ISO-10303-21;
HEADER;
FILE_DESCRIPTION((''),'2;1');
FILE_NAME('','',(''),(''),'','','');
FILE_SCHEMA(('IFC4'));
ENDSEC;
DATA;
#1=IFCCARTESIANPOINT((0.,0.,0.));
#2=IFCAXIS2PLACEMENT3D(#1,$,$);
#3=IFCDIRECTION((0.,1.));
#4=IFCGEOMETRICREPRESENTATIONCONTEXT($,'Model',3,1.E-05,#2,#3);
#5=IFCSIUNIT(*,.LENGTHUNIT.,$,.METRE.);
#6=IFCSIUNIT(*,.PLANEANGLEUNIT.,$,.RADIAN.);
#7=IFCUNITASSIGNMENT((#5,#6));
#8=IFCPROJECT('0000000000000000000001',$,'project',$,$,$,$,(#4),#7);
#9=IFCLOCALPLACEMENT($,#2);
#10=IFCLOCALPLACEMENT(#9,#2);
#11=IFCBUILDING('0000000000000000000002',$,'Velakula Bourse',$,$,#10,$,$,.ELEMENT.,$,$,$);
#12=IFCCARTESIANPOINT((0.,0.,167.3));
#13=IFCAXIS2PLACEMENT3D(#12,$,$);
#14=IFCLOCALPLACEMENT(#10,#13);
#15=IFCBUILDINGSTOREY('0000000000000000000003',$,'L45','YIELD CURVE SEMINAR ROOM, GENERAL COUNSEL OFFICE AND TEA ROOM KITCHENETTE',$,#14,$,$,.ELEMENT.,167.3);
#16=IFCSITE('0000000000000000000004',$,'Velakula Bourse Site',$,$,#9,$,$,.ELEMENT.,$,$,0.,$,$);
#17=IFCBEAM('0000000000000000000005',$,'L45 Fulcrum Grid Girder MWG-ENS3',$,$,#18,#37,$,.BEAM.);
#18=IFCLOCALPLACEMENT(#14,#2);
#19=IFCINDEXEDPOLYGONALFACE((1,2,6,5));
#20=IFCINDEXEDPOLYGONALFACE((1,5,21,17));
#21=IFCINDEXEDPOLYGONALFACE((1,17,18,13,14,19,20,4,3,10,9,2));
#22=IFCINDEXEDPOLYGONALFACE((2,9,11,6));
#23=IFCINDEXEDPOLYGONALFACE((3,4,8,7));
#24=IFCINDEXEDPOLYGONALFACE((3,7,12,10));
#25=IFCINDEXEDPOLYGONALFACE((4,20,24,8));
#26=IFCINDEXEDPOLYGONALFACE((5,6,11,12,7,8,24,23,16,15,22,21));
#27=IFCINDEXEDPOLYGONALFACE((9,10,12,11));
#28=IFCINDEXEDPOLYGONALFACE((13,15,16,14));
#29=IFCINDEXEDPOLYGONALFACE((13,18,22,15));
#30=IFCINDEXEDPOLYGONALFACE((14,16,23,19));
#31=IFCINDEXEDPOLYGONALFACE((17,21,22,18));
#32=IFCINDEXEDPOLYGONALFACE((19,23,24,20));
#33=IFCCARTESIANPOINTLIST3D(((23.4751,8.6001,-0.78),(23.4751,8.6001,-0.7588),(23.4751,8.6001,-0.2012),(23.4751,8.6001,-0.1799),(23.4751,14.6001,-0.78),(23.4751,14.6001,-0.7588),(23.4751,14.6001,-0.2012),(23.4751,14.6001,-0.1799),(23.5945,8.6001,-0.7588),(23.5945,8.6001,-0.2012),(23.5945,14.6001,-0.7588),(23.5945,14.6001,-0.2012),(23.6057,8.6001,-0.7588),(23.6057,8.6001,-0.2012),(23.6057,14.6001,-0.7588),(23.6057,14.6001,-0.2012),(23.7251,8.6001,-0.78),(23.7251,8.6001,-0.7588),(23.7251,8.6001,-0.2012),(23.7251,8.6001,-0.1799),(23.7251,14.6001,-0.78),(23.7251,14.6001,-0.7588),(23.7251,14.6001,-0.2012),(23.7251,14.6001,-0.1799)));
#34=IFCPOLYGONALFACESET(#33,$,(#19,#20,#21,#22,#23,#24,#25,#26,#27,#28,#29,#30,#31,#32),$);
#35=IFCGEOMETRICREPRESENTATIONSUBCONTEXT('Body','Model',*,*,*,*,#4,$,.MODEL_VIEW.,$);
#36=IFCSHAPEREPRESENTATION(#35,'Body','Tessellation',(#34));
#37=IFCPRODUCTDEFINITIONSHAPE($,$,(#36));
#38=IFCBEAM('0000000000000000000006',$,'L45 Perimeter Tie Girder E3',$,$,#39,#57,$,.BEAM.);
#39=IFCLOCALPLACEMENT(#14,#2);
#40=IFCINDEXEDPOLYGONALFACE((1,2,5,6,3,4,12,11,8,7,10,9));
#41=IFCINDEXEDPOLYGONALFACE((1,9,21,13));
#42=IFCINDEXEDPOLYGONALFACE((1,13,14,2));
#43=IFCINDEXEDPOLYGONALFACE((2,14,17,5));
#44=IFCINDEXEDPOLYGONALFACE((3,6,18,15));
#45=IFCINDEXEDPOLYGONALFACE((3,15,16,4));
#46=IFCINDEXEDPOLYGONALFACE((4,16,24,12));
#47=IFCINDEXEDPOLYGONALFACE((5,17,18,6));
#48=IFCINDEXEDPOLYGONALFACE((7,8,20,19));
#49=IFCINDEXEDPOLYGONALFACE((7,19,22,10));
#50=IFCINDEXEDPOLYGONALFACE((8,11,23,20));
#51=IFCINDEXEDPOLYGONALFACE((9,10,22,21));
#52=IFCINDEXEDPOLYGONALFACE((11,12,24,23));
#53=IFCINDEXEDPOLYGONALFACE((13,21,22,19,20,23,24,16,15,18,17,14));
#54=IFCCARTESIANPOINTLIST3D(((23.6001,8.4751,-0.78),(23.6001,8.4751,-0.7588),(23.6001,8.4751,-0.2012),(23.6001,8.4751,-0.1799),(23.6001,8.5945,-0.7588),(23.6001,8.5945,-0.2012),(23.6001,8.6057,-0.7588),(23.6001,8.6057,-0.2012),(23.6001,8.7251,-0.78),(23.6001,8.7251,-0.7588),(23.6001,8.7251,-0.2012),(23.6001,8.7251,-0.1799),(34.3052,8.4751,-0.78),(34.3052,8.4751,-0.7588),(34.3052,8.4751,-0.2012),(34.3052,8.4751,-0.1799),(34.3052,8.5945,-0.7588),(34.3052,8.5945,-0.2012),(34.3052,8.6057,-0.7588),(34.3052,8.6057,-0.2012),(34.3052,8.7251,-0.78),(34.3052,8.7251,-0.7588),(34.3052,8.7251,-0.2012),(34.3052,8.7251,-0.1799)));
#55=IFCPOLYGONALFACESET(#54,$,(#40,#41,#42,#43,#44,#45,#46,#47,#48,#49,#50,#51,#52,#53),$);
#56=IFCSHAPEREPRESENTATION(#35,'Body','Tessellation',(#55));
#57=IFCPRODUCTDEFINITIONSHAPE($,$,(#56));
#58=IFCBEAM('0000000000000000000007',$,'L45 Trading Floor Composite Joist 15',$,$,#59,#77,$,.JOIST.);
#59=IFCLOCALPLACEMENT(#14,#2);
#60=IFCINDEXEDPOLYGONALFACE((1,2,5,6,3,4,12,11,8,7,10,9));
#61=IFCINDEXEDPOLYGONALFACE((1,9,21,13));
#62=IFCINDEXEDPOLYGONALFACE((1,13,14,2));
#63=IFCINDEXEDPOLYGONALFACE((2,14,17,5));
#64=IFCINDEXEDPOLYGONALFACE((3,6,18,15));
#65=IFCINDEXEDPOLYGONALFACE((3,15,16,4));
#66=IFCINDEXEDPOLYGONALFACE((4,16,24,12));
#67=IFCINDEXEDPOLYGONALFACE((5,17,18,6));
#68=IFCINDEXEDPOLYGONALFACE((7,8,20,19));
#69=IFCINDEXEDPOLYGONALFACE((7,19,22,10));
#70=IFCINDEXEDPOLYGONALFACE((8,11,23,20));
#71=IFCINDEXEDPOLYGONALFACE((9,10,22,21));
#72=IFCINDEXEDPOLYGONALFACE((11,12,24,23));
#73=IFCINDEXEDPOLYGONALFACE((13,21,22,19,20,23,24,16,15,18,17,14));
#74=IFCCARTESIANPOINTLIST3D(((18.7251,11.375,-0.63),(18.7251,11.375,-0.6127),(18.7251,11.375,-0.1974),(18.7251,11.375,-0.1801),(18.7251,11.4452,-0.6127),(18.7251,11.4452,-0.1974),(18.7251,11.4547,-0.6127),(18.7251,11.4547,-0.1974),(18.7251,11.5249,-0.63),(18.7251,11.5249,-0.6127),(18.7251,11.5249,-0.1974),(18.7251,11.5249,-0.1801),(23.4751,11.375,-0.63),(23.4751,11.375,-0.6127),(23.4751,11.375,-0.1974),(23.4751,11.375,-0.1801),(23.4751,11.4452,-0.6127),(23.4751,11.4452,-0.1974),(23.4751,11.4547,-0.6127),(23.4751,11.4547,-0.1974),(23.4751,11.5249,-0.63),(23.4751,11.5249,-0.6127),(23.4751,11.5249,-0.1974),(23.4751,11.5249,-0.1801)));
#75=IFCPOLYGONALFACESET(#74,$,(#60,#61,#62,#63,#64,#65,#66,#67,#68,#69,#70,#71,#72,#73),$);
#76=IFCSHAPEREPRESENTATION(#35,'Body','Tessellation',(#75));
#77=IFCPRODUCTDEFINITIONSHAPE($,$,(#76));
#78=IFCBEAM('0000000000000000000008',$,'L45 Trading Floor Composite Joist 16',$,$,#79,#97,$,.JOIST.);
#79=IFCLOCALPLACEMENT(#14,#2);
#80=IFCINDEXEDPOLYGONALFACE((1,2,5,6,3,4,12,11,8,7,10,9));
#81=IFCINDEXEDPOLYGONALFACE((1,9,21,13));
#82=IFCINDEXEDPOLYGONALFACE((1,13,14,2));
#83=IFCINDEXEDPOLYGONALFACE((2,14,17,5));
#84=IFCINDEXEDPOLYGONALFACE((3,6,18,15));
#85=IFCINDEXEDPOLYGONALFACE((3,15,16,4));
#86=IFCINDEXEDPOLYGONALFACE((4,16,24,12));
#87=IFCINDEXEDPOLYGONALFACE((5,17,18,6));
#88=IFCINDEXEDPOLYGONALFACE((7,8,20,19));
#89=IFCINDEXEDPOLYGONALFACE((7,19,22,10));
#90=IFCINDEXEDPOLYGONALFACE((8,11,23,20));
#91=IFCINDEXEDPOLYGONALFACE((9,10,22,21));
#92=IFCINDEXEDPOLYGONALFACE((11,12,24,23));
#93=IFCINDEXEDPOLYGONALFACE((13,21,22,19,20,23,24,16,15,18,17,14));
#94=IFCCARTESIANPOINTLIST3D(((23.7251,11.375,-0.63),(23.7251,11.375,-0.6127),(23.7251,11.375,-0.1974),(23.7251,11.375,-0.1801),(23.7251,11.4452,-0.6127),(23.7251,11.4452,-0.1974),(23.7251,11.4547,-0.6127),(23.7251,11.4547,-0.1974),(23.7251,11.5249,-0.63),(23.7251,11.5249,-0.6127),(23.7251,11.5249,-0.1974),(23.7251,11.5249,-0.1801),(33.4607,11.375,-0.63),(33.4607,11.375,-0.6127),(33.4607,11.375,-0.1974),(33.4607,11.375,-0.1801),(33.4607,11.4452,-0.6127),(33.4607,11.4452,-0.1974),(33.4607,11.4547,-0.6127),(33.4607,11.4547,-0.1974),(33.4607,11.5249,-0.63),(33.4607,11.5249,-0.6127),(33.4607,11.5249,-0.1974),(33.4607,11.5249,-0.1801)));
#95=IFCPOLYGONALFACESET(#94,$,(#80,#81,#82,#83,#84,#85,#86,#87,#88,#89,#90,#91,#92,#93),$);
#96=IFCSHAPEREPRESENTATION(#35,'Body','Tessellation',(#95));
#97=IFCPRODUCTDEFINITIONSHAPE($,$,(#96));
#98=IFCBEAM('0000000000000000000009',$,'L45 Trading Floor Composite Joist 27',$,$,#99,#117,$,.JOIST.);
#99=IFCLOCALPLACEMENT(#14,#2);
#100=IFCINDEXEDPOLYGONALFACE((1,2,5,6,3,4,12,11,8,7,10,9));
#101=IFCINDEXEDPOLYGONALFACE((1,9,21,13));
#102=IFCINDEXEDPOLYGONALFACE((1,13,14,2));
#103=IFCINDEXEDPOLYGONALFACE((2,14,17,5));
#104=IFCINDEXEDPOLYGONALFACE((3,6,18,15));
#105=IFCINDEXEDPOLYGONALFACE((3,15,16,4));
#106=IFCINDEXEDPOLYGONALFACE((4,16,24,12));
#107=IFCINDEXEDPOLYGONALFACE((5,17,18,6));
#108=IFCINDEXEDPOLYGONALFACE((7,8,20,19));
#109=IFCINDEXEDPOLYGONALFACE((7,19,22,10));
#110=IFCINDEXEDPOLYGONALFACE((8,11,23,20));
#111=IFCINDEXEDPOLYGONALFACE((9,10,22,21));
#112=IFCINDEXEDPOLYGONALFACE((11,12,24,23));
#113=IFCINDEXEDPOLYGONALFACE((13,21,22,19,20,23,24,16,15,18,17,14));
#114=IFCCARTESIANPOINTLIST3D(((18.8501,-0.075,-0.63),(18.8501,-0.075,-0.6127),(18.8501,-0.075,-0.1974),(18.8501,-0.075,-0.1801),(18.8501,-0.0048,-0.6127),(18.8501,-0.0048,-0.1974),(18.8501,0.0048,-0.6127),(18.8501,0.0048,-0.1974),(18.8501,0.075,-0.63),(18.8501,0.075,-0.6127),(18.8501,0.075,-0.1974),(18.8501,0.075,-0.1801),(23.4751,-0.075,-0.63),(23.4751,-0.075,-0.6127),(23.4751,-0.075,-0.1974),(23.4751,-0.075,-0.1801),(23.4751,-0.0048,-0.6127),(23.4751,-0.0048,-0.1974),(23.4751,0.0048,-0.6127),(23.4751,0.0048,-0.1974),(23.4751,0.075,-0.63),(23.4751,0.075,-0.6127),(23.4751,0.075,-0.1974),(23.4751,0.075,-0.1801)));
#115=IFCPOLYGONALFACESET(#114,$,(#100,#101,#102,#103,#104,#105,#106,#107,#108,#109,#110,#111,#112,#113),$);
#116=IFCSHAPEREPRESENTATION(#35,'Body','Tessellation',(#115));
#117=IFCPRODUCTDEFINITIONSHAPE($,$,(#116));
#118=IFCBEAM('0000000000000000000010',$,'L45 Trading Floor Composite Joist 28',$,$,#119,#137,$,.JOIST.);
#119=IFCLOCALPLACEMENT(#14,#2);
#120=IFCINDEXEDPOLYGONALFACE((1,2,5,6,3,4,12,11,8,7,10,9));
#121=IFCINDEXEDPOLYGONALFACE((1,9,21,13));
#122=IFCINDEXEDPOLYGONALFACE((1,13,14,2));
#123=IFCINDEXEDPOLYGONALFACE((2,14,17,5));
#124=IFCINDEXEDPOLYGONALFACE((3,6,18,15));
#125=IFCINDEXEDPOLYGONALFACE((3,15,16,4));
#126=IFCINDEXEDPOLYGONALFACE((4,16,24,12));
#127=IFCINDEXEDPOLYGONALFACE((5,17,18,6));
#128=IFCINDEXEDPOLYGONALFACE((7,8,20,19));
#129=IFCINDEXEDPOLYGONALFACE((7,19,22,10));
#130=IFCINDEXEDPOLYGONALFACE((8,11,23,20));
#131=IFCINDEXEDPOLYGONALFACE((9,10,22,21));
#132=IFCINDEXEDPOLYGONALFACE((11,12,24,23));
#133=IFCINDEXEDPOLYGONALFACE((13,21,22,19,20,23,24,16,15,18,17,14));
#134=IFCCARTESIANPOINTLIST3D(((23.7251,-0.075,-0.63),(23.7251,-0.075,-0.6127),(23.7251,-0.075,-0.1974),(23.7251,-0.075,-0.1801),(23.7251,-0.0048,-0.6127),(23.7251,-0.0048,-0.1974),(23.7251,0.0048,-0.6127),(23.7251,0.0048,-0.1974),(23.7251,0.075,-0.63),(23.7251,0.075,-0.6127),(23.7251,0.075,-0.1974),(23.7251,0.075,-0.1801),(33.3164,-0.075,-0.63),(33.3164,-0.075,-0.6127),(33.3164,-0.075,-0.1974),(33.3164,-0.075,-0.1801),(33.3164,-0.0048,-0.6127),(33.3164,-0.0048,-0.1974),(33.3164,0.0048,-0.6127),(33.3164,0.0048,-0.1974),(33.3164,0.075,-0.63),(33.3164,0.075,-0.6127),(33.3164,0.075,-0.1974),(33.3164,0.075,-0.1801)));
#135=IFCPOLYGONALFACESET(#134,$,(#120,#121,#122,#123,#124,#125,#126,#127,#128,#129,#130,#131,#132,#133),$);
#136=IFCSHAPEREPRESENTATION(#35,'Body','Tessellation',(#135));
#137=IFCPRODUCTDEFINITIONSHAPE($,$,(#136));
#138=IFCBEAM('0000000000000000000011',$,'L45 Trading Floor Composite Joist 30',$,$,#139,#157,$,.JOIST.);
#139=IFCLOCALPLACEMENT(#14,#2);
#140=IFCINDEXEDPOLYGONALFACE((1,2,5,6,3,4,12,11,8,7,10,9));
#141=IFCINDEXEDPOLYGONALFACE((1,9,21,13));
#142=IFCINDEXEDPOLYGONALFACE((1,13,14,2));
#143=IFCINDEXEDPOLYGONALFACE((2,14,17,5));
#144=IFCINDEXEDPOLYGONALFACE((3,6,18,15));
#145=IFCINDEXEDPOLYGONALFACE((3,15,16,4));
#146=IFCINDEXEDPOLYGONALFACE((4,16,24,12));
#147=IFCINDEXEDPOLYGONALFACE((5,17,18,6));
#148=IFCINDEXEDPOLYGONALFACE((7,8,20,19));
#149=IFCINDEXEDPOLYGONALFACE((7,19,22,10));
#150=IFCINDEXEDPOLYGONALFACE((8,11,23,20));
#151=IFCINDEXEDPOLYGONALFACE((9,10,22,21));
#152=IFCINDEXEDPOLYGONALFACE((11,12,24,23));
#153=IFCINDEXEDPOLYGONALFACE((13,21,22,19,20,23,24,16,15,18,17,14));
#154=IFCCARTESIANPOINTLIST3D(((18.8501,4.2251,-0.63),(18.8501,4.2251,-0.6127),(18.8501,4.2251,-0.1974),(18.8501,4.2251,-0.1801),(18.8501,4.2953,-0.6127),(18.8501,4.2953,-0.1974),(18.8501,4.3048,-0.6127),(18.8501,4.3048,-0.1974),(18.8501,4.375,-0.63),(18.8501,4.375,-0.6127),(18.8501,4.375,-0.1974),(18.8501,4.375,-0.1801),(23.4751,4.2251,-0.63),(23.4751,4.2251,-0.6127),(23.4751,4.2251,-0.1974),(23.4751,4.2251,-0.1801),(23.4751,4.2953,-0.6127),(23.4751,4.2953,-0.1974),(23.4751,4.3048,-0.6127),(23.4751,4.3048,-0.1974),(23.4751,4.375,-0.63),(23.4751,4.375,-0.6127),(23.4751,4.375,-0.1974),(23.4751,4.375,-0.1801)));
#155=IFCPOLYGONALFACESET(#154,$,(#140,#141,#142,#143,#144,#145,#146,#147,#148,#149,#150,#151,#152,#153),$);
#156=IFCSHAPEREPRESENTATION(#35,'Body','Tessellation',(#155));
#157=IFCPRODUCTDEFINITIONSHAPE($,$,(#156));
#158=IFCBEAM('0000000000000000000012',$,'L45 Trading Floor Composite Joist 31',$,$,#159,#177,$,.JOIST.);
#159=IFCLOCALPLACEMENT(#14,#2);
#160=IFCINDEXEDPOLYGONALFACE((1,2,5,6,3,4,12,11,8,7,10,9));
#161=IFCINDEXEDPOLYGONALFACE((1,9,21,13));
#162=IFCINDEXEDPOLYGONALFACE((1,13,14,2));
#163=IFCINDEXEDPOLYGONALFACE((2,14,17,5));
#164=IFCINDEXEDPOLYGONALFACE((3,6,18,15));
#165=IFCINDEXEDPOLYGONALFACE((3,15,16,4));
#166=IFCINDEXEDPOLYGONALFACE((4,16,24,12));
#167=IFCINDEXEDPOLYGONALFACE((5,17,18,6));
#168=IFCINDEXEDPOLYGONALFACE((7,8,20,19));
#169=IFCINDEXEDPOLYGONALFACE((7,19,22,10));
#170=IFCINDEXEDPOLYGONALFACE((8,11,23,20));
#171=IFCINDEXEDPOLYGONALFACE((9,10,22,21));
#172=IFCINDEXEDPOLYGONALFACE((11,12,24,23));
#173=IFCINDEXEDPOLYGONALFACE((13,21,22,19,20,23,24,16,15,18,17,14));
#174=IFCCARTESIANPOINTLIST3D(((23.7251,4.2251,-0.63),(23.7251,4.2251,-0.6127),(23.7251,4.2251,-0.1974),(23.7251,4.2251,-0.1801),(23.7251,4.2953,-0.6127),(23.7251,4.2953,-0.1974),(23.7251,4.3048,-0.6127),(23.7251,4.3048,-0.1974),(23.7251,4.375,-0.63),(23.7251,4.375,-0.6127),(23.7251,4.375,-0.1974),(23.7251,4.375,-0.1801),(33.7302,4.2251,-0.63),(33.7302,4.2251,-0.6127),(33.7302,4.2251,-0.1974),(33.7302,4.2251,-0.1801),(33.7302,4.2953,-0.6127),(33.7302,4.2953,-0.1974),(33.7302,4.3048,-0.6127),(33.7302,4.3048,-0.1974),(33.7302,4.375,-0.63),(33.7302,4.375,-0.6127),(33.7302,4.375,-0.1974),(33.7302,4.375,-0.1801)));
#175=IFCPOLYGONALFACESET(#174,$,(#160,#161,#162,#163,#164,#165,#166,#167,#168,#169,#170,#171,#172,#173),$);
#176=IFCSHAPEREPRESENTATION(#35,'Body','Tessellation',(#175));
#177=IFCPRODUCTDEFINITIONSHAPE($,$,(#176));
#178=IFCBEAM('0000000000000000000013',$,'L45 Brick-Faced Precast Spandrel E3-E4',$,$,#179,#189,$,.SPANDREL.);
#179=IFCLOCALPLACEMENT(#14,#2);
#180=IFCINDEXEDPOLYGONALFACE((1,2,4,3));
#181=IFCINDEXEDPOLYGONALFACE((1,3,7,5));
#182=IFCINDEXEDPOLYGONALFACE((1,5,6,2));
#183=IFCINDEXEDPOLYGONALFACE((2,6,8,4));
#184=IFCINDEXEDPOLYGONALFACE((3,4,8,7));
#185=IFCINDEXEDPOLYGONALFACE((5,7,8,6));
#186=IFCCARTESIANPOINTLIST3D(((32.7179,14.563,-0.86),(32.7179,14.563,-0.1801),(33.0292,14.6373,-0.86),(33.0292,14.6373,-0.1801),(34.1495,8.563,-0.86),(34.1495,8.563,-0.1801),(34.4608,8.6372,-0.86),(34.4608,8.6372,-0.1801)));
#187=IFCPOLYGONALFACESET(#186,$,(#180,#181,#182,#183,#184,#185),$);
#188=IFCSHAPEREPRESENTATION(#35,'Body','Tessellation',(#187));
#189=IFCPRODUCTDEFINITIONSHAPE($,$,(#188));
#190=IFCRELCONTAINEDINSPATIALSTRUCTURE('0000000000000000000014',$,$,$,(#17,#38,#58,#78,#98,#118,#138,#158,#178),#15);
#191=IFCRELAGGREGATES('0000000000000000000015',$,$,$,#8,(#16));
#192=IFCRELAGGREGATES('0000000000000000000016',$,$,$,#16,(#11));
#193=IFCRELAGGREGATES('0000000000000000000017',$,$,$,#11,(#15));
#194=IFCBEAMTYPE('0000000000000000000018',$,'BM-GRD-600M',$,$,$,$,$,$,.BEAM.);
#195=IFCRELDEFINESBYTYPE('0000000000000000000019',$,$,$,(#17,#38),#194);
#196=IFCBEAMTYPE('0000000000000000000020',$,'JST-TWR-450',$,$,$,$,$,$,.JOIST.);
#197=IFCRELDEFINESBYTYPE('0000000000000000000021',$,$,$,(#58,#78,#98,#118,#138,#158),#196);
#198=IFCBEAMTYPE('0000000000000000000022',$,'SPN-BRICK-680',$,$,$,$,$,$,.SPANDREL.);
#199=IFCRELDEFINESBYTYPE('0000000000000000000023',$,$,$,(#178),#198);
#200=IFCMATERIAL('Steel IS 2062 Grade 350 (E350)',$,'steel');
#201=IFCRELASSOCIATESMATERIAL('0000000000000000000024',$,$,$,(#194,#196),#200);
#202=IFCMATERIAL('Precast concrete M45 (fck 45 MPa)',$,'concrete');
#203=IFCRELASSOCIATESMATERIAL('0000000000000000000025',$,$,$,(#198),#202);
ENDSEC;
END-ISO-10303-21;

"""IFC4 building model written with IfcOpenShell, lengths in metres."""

from ifc_helpers import new_model, si_unit, direction, frame, origin, origin_2d, place, context, subcontext, project, spatial, rectangle, i_section, extrude, material, material_profile, profile_set, type_object, element, save


model = new_model("IFC4")

# Units and contexts
model_context = context("Model", 3, precision=1e-05, world=origin(), true_north=direction((0.0, 1.0)))
body_context = subcontext(model_context, "Body", "Model", "MODEL_VIEW")
ifc_project = project(units=[si_unit("LENGTHUNIT", "METRE"), si_unit("PLANEANGLEUNIT", "RADIAN")], contexts=[model_context])

# Site, building, storey
site_placement = place(None, origin())
site = spatial("IfcSite", under=ifc_project, at=site_placement, Name="Velakula Bourse Site", CompositionType="ELEMENT", RefElevation=0.0)
building_placement = place(site_placement, origin())
building = spatial("IfcBuilding", under=site, at=building_placement, Name="Velakula Bourse", CompositionType="ELEMENT")
storey_placement = place(building_placement, frame((0.0, 0.0, 167.3)))
storey = spatial("IfcBuildingStorey", under=building, at=storey_placement, Name="L45", Description="YIELD CURVE SEMINAR ROOM, GENERAL COUNSEL OFFICE AND TEA ROOM KITCHENETTE", CompositionType="ELEMENT", Elevation=167.3)

# Shared definitions
ifc_material_1 = material(Name="Steel IS 2062 Grade 350 (E350)", Category="steel")

# Beams
ifc_material_profile_1 = material_profile(ifc_material_1, i_section(OverallWidth=0.25, OverallDepth=0.6001, WebThickness=0.0112, FlangeThickness=0.0212, at=origin_2d()), Name="Steel IS 2062 Grade 350 (E350)")
ifc_profile_set_1 = profile_set([ifc_material_profile_1], Name="Steel IS 2062 Grade 350 (E350)")
beam_type_1 = type_object("IfcBeamType", Name="BM-GRD-600M", PredefinedType="BEAM", material=ifc_profile_set_1)
beam_1_placement = place(storey_placement, frame((23.6001, 8.6001, -0.48), z_axis=(0.0, 1.0, 0.0), x_axis=(-1.0, 0.0, 0.0)))
element("IfcBeam", 1, at=beam_1_placement, inside=storey, type_object=beam_type_1, Name="L45 Fulcrum Grid Girder MWG-ENS3", PredefinedType="BEAM", context=body_context, shape_type="SweptSolid", body=[
    extrude(i_section(OverallWidth=0.25, OverallDepth=0.6001, WebThickness=0.0112, FlangeThickness=0.0212, at=origin_2d()), origin(), (0.0, 0.0, 1.0), 6.0),
])
beam_2_placement = place(storey_placement, frame((23.6001, 8.6001, -0.48), z_axis=(1.0, 0.0, 0.0), x_axis=(0.0, 1.0, 0.0)))
element("IfcBeam", 2, at=beam_2_placement, inside=storey, type_object=beam_type_1, Name="L45 Perimeter Tie Girder E3", PredefinedType="BEAM", context=body_context, shape_type="SweptSolid", body=[
    extrude(i_section(OverallWidth=0.25, OverallDepth=0.6001, WebThickness=0.0112, FlangeThickness=0.0212, at=origin_2d()), origin(), (0.0, 0.0, 1.0), 10.7051),
])
ifc_material_profile_2 = material_profile(ifc_material_1, i_section(OverallWidth=0.1499, OverallDepth=0.45, WebThickness=0.0095, FlangeThickness=0.0173, at=origin_2d()), Name="Steel IS 2062 Grade 350 (E350)")
ifc_profile_set_2 = profile_set([ifc_material_profile_2], Name="Steel IS 2062 Grade 350 (E350)")
beam_type_2 = type_object("IfcBeamType", Name="JST-TWR-450", PredefinedType="JOIST", material=ifc_profile_set_2)
beam_3_placement = place(storey_placement, frame((18.7251, 11.45, -0.405), z_axis=(1.0, 0.0, 0.0), x_axis=(0.0, 1.0, 0.0)))
element("IfcBeam", 3, at=beam_3_placement, inside=storey, type_object=beam_type_2, Name="L45 Trading Floor Composite Joist 15", PredefinedType="JOIST", context=body_context, shape_type="SweptSolid", body=[
    extrude(i_section(OverallWidth=0.1499, OverallDepth=0.45, WebThickness=0.0095, FlangeThickness=0.0173, at=origin_2d()), origin(), (0.0, 0.0, 1.0), 4.75),
])
beam_4_placement = place(storey_placement, frame((23.7251, 11.45, -0.405), z_axis=(1.0, 0.0, 0.0), x_axis=(0.0, 1.0, 0.0)))
element("IfcBeam", 4, at=beam_4_placement, inside=storey, type_object=beam_type_2, Name="L45 Trading Floor Composite Joist 16", PredefinedType="JOIST", context=body_context, shape_type="SweptSolid", body=[
    extrude(i_section(OverallWidth=0.1499, OverallDepth=0.45, WebThickness=0.0095, FlangeThickness=0.0173, at=origin_2d()), origin(), (0.0, 0.0, 1.0), 9.7356),
])
beam_5_placement = place(storey_placement, frame((18.8501, 0.0, -0.405), z_axis=(1.0, 0.0, 0.0), x_axis=(0.0, 1.0, 0.0)))
element("IfcBeam", 5, at=beam_5_placement, inside=storey, type_object=beam_type_2, Name="L45 Trading Floor Composite Joist 27", PredefinedType="JOIST", context=body_context, shape_type="SweptSolid", body=[
    extrude(i_section(OverallWidth=0.1499, OverallDepth=0.45, WebThickness=0.0095, FlangeThickness=0.0173, at=origin_2d()), origin(), (0.0, 0.0, 1.0), 4.625),
])
beam_6_placement = place(storey_placement, frame((23.7251, 0.0, -0.405), z_axis=(1.0, 0.0, 0.0), x_axis=(0.0, 1.0, 0.0)))
element("IfcBeam", 6, at=beam_6_placement, inside=storey, type_object=beam_type_2, Name="L45 Trading Floor Composite Joist 28", PredefinedType="JOIST", context=body_context, shape_type="SweptSolid", body=[
    extrude(i_section(OverallWidth=0.1499, OverallDepth=0.45, WebThickness=0.0095, FlangeThickness=0.0173, at=origin_2d()), origin(), (0.0, 0.0, 1.0), 9.5913),
])
beam_7_placement = place(storey_placement, frame((18.8501, 4.3, -0.405), z_axis=(1.0, 0.0, 0.0), x_axis=(0.0, 1.0, 0.0)))
element("IfcBeam", 7, at=beam_7_placement, inside=storey, type_object=beam_type_2, Name="L45 Trading Floor Composite Joist 30", PredefinedType="JOIST", context=body_context, shape_type="SweptSolid", body=[
    extrude(i_section(OverallWidth=0.1499, OverallDepth=0.45, WebThickness=0.0095, FlangeThickness=0.0173, at=origin_2d()), origin(), (0.0, 0.0, 1.0), 4.625),
])
beam_8_placement = place(storey_placement, frame((23.7251, 4.3, -0.405), z_axis=(1.0, 0.0, 0.0), x_axis=(0.0, 1.0, 0.0)))
element("IfcBeam", 8, at=beam_8_placement, inside=storey, type_object=beam_type_2, Name="L45 Trading Floor Composite Joist 31", PredefinedType="JOIST", context=body_context, shape_type="SweptSolid", body=[
    extrude(i_section(OverallWidth=0.1499, OverallDepth=0.45, WebThickness=0.0095, FlangeThickness=0.0173, at=origin_2d()), origin(), (0.0, 0.0, 1.0), 10.0051),
])
ifc_material_2 = material(Name="Precast concrete M45 (fck 45 MPa)", Category="concrete")
ifc_material_profile_3 = material_profile(ifc_material_2, rectangle(XDim=0.3201, YDim=0.6799, at=origin_2d()), Name="Precast concrete M45 (fck 45 MPa)")
ifc_profile_set_3 = profile_set([ifc_material_profile_3], Name="Precast concrete M45 (fck 45 MPa)")
beam_type_3 = type_object("IfcBeamType", Name="SPN-BRICK-680", PredefinedType="SPANDREL", material=ifc_profile_set_3)
beam_9_placement = place(storey_placement, frame((34.3052, 8.6001, -0.52), z_axis=(-0.232091, 0.972694, 0.0), x_axis=(-0.972694, -0.232091, 0.0)))
element("IfcBeam", 9, at=beam_9_placement, inside=storey, type_object=beam_type_3, Name="L45 Brick-Faced Precast Spandrel E3-E4", PredefinedType="SPANDREL", context=body_context, shape_type="SweptSolid", body=[
    extrude(rectangle(XDim=0.3201, YDim=0.6799, at=origin_2d()), origin(), (0.0, 0.0, 1.0), 6.1685),
])

save(model, "model.ifc")
